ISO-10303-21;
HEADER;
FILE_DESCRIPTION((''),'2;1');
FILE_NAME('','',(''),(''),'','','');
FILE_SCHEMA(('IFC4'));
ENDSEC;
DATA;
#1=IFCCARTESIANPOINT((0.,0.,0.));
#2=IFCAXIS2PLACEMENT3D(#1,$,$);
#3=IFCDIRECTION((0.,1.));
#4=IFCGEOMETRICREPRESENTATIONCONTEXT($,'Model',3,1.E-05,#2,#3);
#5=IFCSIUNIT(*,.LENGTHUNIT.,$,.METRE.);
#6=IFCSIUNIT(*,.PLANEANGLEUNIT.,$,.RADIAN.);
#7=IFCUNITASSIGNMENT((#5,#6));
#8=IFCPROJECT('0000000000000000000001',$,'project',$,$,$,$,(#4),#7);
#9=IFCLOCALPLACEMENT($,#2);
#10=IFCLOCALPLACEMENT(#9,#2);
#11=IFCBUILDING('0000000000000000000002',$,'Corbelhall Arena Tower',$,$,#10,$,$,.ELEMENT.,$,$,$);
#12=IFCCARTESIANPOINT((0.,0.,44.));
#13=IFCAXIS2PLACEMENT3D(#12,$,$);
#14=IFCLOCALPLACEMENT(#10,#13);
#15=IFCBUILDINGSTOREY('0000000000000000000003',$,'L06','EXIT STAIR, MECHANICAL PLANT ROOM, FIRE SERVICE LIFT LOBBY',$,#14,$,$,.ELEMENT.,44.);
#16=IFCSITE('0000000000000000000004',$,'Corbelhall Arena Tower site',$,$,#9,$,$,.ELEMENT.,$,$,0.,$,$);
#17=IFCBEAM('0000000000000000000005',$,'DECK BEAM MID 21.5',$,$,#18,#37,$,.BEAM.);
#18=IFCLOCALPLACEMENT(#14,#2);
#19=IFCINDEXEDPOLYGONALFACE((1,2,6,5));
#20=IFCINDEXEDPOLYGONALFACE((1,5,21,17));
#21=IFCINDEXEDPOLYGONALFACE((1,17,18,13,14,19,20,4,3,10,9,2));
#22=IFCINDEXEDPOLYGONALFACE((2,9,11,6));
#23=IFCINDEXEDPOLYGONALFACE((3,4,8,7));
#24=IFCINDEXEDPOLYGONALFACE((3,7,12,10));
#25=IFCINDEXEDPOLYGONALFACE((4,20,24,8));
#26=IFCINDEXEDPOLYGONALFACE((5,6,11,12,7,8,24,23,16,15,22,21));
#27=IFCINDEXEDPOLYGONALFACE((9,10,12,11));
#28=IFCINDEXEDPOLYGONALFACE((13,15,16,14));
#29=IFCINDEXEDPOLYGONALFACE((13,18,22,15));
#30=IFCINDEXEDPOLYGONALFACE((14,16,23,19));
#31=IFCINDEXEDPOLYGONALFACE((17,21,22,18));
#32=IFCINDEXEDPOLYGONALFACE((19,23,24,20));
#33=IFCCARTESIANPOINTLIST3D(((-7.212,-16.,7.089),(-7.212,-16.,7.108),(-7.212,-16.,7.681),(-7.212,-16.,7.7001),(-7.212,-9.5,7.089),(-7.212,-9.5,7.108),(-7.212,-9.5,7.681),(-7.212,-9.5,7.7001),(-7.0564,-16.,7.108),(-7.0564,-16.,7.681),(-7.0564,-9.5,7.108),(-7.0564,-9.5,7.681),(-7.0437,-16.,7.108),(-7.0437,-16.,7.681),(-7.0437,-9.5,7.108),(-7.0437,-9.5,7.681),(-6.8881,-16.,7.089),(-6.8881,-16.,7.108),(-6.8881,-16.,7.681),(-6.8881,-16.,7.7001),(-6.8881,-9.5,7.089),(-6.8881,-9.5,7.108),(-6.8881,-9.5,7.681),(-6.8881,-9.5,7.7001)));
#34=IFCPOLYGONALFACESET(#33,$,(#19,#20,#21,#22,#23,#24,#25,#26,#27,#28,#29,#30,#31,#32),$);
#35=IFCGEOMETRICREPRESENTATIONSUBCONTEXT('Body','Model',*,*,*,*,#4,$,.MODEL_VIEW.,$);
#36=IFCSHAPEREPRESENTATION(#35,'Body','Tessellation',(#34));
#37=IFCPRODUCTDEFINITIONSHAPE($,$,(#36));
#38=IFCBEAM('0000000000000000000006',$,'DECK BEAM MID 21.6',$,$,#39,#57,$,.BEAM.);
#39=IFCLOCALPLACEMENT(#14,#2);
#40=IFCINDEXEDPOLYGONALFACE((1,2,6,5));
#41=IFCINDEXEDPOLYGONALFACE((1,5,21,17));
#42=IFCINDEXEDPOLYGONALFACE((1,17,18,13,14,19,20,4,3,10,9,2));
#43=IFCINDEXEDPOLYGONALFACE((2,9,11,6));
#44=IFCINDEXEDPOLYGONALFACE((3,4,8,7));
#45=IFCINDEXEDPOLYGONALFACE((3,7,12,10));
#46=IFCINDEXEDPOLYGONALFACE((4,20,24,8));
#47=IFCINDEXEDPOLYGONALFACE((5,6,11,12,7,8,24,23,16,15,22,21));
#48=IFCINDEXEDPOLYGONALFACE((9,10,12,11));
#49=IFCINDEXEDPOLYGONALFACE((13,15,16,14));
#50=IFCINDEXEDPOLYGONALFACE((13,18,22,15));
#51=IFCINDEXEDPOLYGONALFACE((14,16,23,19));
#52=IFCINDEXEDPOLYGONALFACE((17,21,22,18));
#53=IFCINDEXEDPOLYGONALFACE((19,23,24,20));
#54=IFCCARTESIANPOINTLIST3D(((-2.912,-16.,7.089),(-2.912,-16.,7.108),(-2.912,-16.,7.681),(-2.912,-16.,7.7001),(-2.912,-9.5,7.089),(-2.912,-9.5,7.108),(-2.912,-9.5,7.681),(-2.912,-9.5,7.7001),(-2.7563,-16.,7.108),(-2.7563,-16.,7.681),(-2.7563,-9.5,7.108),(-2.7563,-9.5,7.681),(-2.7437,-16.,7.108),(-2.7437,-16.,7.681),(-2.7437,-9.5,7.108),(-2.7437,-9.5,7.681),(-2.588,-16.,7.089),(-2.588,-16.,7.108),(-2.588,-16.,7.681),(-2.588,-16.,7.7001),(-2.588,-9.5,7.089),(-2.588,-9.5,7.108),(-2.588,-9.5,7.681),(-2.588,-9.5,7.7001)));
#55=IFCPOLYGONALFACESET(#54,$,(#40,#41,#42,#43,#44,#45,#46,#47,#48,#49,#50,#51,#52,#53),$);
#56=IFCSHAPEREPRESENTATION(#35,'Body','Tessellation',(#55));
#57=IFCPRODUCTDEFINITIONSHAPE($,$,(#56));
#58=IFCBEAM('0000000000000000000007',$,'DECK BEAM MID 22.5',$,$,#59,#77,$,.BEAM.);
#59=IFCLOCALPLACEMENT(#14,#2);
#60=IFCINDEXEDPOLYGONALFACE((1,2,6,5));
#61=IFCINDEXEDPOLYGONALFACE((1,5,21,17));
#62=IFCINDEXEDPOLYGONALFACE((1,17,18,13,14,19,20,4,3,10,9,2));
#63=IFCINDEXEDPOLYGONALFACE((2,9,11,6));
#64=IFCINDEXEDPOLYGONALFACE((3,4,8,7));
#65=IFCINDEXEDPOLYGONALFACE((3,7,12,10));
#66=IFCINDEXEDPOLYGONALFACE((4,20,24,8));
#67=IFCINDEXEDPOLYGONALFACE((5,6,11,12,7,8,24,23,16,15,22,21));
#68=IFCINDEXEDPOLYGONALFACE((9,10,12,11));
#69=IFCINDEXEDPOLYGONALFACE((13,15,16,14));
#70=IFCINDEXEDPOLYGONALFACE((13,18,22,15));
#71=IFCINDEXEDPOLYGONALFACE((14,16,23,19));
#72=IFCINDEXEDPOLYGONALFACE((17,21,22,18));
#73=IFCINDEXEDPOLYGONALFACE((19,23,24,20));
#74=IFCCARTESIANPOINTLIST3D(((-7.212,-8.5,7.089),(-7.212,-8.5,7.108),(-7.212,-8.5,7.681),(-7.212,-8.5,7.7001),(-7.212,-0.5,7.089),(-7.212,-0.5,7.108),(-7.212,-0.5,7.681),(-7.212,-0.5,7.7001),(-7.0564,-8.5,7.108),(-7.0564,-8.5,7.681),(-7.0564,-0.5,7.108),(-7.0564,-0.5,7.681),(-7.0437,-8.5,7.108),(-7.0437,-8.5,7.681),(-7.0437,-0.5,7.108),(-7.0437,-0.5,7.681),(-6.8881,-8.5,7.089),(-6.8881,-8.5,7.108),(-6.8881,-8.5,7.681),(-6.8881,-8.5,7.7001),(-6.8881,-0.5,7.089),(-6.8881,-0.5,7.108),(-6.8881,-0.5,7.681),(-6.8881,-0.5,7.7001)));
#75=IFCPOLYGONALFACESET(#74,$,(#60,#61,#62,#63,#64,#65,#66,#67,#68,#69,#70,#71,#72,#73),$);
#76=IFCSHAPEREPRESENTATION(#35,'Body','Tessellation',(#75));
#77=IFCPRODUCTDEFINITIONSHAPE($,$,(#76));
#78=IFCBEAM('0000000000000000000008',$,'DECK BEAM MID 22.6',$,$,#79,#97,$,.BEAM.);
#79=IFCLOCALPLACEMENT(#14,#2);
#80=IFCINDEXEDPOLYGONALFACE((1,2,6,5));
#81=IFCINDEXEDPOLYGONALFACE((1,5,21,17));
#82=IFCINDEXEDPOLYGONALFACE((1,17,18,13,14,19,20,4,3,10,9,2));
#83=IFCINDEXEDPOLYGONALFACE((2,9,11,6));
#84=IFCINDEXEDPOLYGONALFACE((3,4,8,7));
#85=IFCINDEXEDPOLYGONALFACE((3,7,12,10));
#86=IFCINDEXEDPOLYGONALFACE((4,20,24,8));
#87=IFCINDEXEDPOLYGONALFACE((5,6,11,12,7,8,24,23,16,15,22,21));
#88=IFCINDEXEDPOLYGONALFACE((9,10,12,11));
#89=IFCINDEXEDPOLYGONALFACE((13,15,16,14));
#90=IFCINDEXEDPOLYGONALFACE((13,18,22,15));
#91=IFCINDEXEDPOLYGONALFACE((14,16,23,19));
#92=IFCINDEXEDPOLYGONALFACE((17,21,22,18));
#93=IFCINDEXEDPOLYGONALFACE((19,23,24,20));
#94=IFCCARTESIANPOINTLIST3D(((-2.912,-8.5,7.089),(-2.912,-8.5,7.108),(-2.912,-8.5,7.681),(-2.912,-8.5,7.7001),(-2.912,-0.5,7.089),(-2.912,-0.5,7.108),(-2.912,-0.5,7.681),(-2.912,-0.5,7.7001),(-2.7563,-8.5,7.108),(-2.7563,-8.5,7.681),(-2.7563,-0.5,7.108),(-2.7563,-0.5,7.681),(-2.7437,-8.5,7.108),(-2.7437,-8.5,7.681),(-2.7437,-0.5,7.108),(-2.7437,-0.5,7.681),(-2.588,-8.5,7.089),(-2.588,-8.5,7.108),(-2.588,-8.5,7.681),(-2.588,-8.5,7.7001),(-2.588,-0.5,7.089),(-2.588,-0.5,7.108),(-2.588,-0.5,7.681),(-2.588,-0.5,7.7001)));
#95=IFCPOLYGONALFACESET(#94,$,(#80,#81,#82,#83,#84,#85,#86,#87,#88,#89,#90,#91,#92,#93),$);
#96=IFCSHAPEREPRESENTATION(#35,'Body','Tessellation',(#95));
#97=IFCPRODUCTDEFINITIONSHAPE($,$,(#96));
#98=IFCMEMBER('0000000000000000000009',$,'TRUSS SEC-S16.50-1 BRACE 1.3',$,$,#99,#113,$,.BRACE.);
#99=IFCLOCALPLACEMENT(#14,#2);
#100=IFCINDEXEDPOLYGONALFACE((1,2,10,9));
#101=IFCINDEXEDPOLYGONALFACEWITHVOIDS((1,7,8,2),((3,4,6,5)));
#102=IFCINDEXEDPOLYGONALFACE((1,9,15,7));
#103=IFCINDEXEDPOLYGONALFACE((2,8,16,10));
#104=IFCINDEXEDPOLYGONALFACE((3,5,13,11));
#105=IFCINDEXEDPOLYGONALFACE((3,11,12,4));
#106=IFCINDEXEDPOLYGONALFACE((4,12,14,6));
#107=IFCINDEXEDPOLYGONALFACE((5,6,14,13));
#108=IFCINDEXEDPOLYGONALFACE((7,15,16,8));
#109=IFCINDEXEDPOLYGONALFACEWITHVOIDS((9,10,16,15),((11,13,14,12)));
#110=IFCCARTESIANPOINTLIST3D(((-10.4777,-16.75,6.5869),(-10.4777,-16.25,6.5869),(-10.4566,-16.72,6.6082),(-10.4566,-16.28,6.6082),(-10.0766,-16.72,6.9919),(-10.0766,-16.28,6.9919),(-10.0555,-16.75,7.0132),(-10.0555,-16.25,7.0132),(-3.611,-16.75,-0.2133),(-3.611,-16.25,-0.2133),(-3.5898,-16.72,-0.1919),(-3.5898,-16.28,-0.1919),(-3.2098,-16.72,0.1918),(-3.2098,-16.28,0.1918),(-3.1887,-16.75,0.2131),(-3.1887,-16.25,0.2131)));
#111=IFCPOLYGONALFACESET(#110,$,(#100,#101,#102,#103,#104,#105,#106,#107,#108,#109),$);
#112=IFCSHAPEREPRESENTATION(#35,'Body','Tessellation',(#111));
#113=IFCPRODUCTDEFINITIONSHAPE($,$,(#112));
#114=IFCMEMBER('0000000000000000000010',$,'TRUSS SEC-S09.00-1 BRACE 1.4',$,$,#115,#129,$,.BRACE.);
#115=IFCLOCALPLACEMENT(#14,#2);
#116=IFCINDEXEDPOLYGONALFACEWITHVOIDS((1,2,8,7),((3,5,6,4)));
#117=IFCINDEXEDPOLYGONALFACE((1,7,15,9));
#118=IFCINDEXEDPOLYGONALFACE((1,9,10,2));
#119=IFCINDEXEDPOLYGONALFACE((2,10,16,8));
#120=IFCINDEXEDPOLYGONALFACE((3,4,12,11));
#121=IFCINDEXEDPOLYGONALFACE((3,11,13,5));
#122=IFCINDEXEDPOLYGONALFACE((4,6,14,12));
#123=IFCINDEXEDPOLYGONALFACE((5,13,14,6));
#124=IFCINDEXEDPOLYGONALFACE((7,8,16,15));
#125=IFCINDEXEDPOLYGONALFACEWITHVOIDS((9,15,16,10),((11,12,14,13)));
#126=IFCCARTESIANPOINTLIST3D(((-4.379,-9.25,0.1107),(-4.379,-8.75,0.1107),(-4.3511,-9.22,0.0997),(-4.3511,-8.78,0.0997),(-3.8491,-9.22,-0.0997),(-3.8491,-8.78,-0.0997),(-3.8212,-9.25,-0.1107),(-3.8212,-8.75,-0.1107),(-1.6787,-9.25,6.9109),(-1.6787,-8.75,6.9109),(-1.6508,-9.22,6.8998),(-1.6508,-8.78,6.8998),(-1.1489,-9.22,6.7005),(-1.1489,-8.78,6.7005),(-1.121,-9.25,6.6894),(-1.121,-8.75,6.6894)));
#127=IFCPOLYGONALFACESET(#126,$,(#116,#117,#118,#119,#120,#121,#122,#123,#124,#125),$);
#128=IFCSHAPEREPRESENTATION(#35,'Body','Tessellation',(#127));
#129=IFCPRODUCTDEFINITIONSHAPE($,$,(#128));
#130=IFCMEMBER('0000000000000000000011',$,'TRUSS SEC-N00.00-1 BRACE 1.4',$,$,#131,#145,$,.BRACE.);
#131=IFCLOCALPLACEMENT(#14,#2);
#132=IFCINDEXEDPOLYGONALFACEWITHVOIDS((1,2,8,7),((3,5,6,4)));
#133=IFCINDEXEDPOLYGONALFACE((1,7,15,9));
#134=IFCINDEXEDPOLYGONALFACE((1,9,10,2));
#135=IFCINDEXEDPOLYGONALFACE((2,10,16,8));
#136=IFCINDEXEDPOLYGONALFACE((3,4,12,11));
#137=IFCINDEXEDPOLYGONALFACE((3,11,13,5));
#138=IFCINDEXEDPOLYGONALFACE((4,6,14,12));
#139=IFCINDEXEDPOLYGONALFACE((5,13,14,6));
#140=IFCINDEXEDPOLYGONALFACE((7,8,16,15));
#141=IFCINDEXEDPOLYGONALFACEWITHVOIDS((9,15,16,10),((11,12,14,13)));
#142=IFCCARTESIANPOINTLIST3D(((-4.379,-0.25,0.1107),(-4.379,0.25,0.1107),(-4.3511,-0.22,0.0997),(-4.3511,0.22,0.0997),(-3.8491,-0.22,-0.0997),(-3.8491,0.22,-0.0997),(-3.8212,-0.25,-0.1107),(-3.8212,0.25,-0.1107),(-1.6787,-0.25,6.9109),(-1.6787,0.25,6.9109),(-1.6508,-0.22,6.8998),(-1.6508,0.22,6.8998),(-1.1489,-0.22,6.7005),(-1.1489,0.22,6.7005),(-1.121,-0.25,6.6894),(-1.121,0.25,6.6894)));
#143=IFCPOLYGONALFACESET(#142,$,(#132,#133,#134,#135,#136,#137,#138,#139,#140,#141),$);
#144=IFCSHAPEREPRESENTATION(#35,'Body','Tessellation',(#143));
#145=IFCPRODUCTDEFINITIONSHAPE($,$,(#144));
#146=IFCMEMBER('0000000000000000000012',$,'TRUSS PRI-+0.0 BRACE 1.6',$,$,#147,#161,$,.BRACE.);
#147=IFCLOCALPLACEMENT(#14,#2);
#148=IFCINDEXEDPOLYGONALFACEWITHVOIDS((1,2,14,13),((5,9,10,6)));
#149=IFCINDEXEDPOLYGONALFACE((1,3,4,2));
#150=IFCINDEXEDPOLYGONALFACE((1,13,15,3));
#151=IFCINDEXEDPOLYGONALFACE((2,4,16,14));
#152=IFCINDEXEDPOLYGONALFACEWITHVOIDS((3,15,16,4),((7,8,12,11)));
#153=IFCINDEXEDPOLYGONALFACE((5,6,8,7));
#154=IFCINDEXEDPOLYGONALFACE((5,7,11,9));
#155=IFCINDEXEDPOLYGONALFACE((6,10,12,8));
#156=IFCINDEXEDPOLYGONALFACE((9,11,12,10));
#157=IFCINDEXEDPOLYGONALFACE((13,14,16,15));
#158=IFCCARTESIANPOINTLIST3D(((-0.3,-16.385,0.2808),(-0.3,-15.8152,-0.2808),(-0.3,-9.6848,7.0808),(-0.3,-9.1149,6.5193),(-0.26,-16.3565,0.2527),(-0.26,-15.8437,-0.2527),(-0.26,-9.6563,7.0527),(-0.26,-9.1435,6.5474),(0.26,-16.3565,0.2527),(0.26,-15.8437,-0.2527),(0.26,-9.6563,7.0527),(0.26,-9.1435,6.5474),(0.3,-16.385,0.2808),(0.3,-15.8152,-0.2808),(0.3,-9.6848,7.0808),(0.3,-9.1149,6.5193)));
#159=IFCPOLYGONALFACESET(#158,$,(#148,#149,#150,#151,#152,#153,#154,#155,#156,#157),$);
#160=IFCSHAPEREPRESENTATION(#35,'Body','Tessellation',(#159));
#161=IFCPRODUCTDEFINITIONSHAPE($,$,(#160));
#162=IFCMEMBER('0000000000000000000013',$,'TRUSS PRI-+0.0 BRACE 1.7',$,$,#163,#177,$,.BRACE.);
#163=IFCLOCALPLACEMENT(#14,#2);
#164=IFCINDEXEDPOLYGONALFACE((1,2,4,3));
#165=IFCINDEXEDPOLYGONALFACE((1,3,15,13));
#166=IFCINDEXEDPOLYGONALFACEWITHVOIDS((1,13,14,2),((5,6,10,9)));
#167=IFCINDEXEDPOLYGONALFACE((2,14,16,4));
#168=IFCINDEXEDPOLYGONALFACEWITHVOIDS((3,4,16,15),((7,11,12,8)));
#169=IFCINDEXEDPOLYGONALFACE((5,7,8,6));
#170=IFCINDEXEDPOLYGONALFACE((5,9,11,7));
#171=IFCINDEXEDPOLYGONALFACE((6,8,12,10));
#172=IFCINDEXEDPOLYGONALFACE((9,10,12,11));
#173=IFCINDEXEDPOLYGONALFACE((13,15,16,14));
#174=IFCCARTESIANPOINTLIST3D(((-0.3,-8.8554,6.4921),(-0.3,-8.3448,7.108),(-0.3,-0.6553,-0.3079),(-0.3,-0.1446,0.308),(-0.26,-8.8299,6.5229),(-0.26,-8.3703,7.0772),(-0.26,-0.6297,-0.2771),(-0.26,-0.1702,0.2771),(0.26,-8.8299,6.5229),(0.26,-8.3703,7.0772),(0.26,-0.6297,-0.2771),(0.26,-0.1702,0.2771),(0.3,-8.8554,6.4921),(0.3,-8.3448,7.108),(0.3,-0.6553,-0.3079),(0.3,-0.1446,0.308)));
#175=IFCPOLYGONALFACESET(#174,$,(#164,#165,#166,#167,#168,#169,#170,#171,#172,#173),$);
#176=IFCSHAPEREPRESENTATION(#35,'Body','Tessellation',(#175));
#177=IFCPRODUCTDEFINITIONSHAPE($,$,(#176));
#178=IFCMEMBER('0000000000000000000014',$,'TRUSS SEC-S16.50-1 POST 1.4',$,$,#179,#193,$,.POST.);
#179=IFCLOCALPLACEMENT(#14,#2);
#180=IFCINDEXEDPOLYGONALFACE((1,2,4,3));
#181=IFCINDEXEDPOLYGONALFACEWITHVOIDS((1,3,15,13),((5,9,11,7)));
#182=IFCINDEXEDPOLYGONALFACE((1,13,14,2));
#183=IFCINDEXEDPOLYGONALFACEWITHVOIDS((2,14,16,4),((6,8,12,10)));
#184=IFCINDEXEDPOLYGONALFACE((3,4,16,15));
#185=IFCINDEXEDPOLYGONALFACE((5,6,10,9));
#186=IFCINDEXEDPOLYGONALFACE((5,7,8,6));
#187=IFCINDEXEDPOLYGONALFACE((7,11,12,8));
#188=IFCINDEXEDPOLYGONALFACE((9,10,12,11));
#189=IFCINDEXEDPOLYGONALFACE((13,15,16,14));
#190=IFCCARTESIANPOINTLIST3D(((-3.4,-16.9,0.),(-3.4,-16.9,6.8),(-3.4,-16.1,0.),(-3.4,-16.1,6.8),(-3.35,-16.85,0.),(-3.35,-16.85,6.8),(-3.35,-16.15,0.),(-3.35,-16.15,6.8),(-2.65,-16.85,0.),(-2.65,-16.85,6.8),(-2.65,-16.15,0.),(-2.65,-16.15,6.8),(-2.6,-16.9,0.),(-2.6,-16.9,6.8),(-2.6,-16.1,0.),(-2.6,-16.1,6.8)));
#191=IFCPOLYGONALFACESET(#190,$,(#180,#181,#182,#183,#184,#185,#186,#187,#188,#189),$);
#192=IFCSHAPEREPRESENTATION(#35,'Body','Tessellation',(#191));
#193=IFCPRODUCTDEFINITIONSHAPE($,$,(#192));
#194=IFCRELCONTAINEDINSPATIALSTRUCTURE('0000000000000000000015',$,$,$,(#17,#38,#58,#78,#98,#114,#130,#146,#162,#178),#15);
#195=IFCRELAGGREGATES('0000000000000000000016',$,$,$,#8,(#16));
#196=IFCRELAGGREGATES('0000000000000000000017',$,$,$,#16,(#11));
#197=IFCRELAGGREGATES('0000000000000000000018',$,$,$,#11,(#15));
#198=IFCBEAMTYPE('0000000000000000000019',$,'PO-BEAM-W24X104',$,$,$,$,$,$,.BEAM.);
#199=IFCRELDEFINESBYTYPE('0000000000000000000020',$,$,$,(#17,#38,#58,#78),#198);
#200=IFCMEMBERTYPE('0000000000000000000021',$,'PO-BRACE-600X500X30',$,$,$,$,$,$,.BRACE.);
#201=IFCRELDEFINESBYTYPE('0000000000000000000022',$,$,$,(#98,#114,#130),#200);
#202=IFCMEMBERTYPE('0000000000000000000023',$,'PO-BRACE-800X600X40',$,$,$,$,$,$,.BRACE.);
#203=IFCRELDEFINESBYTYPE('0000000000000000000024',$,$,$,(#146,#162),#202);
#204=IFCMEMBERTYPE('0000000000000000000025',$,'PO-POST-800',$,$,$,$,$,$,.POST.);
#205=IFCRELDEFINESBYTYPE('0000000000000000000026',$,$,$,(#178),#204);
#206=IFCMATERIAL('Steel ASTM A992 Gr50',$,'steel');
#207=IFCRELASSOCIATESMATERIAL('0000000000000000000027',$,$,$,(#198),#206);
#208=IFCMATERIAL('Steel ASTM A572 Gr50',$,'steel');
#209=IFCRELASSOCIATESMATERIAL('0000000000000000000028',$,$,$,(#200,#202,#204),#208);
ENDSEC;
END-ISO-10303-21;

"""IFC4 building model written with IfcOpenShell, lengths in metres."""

from ifc_helpers import new_model, si_unit, direction, frame, origin, origin_2d, place, context, subcontext, project, spatial, hollow_rectangle, i_section, extrude, material, material_profile, profile_set, type_object, element, save


model = new_model("IFC4")

# Units and contexts
model_context = context("Model", 3, precision=1e-05, world=origin(), true_north=direction((0.0, 1.0)))
body_context = subcontext(model_context, "Body", "Model", "MODEL_VIEW")
ifc_project = project(units=[si_unit("LENGTHUNIT", "METRE"), si_unit("PLANEANGLEUNIT", "RADIAN")], contexts=[model_context])

# Site, building, storey
site_placement = place(None, origin())
site = spatial("IfcSite", under=ifc_project, at=site_placement, Name="Corbelhall Arena Tower site", CompositionType="ELEMENT", RefElevation=0.0)
building_placement = place(site_placement, origin())
building = spatial("IfcBuilding", under=site, at=building_placement, Name="Corbelhall Arena Tower", CompositionType="ELEMENT")
storey_placement = place(building_placement, frame((0.0, 0.0, 44.0)))
storey = spatial("IfcBuildingStorey", under=building, at=storey_placement, Name="L06", Description="EXIT STAIR, MECHANICAL PLANT ROOM, FIRE SERVICE LIFT LOBBY", CompositionType="ELEMENT", Elevation=44.0)

# Beams
ifc_material_1 = material(Name="Steel ASTM A992 Gr50", Category="steel")
ifc_material_profile_1 = material_profile(ifc_material_1, i_section(OverallWidth=0.324, OverallDepth=0.6111, WebThickness=0.0127, FlangeThickness=0.019, at=origin_2d()))
ifc_profile_set_1 = profile_set([ifc_material_profile_1], Name="Steel ASTM A992 Gr50")
beam_type = type_object("IfcBeamType", Name="PO-BEAM-W24X104", PredefinedType="BEAM", material=ifc_profile_set_1)
for number, where, z_axis, x_axis, name in (
    (1, (-7.05, -16.0, 7.3945), (0.0, 1.0, 0.0), (-1.0, 0.0, 0.0), "DECK BEAM MID 21.5"),
    (2, (-2.75, -16.0, 7.3945), (0.0, 1.0, 0.0), (-1.0, 0.0, 0.0), "DECK BEAM MID 21.6"),
):
    element("IfcBeam", number, at=place(storey_placement, frame(where, z_axis=z_axis, x_axis=x_axis)), inside=storey, type_object=beam_type, Name=name, PredefinedType="BEAM", context=body_context, shape_type="SweptSolid", body=[
        extrude(i_section(OverallWidth=0.324, OverallDepth=0.6111, WebThickness=0.0127, FlangeThickness=0.019, at=origin_2d()), origin(), (0.0, 0.0, 1.0), 6.5),
    ])
for number, where, z_axis, x_axis, name in (
    (3, (-7.05, -8.5, 7.3945), (0.0, 1.0, 0.0), (-1.0, 0.0, 0.0), "DECK BEAM MID 22.5"),
    (4, (-2.75, -8.5, 7.3945), (0.0, 1.0, 0.0), (-1.0, 0.0, 0.0), "DECK BEAM MID 22.6"),
):
    element("IfcBeam", number, at=place(storey_placement, frame(where, z_axis=z_axis, x_axis=x_axis)), inside=storey, type_object=beam_type, Name=name, PredefinedType="BEAM", context=body_context, shape_type="SweptSolid", body=[
        extrude(i_section(OverallWidth=0.324, OverallDepth=0.6111, WebThickness=0.0127, FlangeThickness=0.019, at=origin_2d()), origin(), (0.0, 0.0, 1.0), 8.0),
    ])

# Members
ifc_material_2 = material(Name="Steel ASTM A572 Gr50", Category="steel")
ifc_material_profile_2 = material_profile(ifc_material_2, hollow_rectangle(XDim=0.5, YDim=0.6001, WallThickness=0.03, at=origin_2d()))
ifc_profile_set_2 = profile_set([ifc_material_profile_2], Name="Steel ASTM A572 Gr50")
member_type_1 = type_object("IfcMemberType", Name="PO-BRACE-600X500X30", PredefinedType="BRACE", material=ifc_profile_set_2)
member_1_placement = place(storey_placement, frame((-10.2666, -16.5, 6.8), z_axis=(0.710547, 0.0, -0.70365), x_axis=(0.0, 1.0, 0.0)))
element("IfcMember", 5, at=member_1_placement, inside=storey, type_object=member_type_1, Name="TRUSS SEC-S16.50-1 BRACE 1.3", PredefinedType="BRACE", context=body_context, shape_type="SweptSolid", body=[
    extrude(hollow_rectangle(XDim=0.5, YDim=0.6001, WallThickness=0.03, at=origin_2d()), origin(), (0.0, 0.0, 1.0), 9.6641),
])
for number, where, z_axis, x_axis, name in (
    (6, (-4.1001, -9.0, 0.0), (0.369054, 0.0, 0.929408), (0.0, 1.0, 0.0), "TRUSS SEC-S09.00-1 BRACE 1.4"),
    (7, (-4.1001, 0.0, 0.0), (0.369054, 0.0, 0.929408), (0.0, 1.0, 0.0), "TRUSS SEC-N00.00-1 BRACE 1.4"),
):
    element("IfcMember", number, at=place(storey_placement, frame(where, z_axis=z_axis, x_axis=x_axis)), inside=storey, type_object=member_type_1, Name=name, PredefinedType="BRACE", context=body_context, shape_type="SweptSolid", body=[
        extrude(hollow_rectangle(XDim=0.5, YDim=0.6001, WallThickness=0.03, at=origin_2d()), origin(), (0.0, 0.0, 1.0), 7.3167),
    ])
ifc_material_profile_3 = material_profile(ifc_material_2, hollow_rectangle(XDim=0.6001, YDim=0.8, WallThickness=0.04, at=origin_2d()))
ifc_profile_set_3 = profile_set([ifc_material_profile_3], Name="Steel ASTM A572 Gr50")
member_type_2 = type_object("IfcMemberType", Name="PO-BRACE-800X600X40", PredefinedType="BRACE", material=ifc_profile_set_3)
member_2_placement = place(storey_placement, frame((0.0, -16.1001, 0.0), z_axis=(0.0, 0.701858, 0.712317), x_axis=(-1.0, 0.0, 0.0)))
element("IfcMember", 8, at=member_2_placement, inside=storey, type_object=member_type_2, Name="TRUSS PRI-+0.0 BRACE 1.6", PredefinedType="BRACE", context=body_context, shape_type="SweptSolid", body=[
    extrude(hollow_rectangle(XDim=0.6001, YDim=0.8, WallThickness=0.04, at=origin_2d()), origin(), (0.0, 0.0, 1.0), 9.5464),
])
member_3_placement = place(storey_placement, frame((0.0, -8.6001, 6.8), z_axis=(0.0, 0.769763, -0.63833), x_axis=(-1.0, 0.0, 0.0)))
element("IfcMember", 9, at=member_3_placement, inside=storey, type_object=member_type_2, Name="TRUSS PRI-+0.0 BRACE 1.7", PredefinedType="BRACE", context=body_context, shape_type="SweptSolid", body=[
    extrude(hollow_rectangle(XDim=0.6001, YDim=0.8, WallThickness=0.04, at=origin_2d()), origin(), (0.0, 0.0, 1.0), 10.6528),
])
ifc_material_profile_4 = material_profile(ifc_material_2, hollow_rectangle(XDim=0.8, YDim=0.8, WallThickness=0.05, at=origin_2d()))
ifc_profile_set_4 = profile_set([ifc_material_profile_4], Name="Steel ASTM A572 Gr50")
member_type_3 = type_object("IfcMemberType", Name="PO-POST-800", PredefinedType="POST", material=ifc_profile_set_4)
for number, where, z_axis, x_axis, name in (
    (10, (-3.0, -16.5, 0.0), (0.0, 0.0, 1.0), (1.0, 0.0, 0.0), "TRUSS SEC-S16.50-1 POST 1.4"),
):
    element("IfcMember", number, at=place(storey_placement, frame(where, z_axis=z_axis, x_axis=x_axis)), inside=storey, type_object=member_type_3, Name=name, PredefinedType="POST", context=body_context, shape_type="SweptSolid", body=[
        extrude(hollow_rectangle(XDim=0.8, YDim=0.8, WallThickness=0.05, at=origin_2d()), origin(), (0.0, 0.0, 1.0), 6.8),
    ])

save(model, "model.ifc")
